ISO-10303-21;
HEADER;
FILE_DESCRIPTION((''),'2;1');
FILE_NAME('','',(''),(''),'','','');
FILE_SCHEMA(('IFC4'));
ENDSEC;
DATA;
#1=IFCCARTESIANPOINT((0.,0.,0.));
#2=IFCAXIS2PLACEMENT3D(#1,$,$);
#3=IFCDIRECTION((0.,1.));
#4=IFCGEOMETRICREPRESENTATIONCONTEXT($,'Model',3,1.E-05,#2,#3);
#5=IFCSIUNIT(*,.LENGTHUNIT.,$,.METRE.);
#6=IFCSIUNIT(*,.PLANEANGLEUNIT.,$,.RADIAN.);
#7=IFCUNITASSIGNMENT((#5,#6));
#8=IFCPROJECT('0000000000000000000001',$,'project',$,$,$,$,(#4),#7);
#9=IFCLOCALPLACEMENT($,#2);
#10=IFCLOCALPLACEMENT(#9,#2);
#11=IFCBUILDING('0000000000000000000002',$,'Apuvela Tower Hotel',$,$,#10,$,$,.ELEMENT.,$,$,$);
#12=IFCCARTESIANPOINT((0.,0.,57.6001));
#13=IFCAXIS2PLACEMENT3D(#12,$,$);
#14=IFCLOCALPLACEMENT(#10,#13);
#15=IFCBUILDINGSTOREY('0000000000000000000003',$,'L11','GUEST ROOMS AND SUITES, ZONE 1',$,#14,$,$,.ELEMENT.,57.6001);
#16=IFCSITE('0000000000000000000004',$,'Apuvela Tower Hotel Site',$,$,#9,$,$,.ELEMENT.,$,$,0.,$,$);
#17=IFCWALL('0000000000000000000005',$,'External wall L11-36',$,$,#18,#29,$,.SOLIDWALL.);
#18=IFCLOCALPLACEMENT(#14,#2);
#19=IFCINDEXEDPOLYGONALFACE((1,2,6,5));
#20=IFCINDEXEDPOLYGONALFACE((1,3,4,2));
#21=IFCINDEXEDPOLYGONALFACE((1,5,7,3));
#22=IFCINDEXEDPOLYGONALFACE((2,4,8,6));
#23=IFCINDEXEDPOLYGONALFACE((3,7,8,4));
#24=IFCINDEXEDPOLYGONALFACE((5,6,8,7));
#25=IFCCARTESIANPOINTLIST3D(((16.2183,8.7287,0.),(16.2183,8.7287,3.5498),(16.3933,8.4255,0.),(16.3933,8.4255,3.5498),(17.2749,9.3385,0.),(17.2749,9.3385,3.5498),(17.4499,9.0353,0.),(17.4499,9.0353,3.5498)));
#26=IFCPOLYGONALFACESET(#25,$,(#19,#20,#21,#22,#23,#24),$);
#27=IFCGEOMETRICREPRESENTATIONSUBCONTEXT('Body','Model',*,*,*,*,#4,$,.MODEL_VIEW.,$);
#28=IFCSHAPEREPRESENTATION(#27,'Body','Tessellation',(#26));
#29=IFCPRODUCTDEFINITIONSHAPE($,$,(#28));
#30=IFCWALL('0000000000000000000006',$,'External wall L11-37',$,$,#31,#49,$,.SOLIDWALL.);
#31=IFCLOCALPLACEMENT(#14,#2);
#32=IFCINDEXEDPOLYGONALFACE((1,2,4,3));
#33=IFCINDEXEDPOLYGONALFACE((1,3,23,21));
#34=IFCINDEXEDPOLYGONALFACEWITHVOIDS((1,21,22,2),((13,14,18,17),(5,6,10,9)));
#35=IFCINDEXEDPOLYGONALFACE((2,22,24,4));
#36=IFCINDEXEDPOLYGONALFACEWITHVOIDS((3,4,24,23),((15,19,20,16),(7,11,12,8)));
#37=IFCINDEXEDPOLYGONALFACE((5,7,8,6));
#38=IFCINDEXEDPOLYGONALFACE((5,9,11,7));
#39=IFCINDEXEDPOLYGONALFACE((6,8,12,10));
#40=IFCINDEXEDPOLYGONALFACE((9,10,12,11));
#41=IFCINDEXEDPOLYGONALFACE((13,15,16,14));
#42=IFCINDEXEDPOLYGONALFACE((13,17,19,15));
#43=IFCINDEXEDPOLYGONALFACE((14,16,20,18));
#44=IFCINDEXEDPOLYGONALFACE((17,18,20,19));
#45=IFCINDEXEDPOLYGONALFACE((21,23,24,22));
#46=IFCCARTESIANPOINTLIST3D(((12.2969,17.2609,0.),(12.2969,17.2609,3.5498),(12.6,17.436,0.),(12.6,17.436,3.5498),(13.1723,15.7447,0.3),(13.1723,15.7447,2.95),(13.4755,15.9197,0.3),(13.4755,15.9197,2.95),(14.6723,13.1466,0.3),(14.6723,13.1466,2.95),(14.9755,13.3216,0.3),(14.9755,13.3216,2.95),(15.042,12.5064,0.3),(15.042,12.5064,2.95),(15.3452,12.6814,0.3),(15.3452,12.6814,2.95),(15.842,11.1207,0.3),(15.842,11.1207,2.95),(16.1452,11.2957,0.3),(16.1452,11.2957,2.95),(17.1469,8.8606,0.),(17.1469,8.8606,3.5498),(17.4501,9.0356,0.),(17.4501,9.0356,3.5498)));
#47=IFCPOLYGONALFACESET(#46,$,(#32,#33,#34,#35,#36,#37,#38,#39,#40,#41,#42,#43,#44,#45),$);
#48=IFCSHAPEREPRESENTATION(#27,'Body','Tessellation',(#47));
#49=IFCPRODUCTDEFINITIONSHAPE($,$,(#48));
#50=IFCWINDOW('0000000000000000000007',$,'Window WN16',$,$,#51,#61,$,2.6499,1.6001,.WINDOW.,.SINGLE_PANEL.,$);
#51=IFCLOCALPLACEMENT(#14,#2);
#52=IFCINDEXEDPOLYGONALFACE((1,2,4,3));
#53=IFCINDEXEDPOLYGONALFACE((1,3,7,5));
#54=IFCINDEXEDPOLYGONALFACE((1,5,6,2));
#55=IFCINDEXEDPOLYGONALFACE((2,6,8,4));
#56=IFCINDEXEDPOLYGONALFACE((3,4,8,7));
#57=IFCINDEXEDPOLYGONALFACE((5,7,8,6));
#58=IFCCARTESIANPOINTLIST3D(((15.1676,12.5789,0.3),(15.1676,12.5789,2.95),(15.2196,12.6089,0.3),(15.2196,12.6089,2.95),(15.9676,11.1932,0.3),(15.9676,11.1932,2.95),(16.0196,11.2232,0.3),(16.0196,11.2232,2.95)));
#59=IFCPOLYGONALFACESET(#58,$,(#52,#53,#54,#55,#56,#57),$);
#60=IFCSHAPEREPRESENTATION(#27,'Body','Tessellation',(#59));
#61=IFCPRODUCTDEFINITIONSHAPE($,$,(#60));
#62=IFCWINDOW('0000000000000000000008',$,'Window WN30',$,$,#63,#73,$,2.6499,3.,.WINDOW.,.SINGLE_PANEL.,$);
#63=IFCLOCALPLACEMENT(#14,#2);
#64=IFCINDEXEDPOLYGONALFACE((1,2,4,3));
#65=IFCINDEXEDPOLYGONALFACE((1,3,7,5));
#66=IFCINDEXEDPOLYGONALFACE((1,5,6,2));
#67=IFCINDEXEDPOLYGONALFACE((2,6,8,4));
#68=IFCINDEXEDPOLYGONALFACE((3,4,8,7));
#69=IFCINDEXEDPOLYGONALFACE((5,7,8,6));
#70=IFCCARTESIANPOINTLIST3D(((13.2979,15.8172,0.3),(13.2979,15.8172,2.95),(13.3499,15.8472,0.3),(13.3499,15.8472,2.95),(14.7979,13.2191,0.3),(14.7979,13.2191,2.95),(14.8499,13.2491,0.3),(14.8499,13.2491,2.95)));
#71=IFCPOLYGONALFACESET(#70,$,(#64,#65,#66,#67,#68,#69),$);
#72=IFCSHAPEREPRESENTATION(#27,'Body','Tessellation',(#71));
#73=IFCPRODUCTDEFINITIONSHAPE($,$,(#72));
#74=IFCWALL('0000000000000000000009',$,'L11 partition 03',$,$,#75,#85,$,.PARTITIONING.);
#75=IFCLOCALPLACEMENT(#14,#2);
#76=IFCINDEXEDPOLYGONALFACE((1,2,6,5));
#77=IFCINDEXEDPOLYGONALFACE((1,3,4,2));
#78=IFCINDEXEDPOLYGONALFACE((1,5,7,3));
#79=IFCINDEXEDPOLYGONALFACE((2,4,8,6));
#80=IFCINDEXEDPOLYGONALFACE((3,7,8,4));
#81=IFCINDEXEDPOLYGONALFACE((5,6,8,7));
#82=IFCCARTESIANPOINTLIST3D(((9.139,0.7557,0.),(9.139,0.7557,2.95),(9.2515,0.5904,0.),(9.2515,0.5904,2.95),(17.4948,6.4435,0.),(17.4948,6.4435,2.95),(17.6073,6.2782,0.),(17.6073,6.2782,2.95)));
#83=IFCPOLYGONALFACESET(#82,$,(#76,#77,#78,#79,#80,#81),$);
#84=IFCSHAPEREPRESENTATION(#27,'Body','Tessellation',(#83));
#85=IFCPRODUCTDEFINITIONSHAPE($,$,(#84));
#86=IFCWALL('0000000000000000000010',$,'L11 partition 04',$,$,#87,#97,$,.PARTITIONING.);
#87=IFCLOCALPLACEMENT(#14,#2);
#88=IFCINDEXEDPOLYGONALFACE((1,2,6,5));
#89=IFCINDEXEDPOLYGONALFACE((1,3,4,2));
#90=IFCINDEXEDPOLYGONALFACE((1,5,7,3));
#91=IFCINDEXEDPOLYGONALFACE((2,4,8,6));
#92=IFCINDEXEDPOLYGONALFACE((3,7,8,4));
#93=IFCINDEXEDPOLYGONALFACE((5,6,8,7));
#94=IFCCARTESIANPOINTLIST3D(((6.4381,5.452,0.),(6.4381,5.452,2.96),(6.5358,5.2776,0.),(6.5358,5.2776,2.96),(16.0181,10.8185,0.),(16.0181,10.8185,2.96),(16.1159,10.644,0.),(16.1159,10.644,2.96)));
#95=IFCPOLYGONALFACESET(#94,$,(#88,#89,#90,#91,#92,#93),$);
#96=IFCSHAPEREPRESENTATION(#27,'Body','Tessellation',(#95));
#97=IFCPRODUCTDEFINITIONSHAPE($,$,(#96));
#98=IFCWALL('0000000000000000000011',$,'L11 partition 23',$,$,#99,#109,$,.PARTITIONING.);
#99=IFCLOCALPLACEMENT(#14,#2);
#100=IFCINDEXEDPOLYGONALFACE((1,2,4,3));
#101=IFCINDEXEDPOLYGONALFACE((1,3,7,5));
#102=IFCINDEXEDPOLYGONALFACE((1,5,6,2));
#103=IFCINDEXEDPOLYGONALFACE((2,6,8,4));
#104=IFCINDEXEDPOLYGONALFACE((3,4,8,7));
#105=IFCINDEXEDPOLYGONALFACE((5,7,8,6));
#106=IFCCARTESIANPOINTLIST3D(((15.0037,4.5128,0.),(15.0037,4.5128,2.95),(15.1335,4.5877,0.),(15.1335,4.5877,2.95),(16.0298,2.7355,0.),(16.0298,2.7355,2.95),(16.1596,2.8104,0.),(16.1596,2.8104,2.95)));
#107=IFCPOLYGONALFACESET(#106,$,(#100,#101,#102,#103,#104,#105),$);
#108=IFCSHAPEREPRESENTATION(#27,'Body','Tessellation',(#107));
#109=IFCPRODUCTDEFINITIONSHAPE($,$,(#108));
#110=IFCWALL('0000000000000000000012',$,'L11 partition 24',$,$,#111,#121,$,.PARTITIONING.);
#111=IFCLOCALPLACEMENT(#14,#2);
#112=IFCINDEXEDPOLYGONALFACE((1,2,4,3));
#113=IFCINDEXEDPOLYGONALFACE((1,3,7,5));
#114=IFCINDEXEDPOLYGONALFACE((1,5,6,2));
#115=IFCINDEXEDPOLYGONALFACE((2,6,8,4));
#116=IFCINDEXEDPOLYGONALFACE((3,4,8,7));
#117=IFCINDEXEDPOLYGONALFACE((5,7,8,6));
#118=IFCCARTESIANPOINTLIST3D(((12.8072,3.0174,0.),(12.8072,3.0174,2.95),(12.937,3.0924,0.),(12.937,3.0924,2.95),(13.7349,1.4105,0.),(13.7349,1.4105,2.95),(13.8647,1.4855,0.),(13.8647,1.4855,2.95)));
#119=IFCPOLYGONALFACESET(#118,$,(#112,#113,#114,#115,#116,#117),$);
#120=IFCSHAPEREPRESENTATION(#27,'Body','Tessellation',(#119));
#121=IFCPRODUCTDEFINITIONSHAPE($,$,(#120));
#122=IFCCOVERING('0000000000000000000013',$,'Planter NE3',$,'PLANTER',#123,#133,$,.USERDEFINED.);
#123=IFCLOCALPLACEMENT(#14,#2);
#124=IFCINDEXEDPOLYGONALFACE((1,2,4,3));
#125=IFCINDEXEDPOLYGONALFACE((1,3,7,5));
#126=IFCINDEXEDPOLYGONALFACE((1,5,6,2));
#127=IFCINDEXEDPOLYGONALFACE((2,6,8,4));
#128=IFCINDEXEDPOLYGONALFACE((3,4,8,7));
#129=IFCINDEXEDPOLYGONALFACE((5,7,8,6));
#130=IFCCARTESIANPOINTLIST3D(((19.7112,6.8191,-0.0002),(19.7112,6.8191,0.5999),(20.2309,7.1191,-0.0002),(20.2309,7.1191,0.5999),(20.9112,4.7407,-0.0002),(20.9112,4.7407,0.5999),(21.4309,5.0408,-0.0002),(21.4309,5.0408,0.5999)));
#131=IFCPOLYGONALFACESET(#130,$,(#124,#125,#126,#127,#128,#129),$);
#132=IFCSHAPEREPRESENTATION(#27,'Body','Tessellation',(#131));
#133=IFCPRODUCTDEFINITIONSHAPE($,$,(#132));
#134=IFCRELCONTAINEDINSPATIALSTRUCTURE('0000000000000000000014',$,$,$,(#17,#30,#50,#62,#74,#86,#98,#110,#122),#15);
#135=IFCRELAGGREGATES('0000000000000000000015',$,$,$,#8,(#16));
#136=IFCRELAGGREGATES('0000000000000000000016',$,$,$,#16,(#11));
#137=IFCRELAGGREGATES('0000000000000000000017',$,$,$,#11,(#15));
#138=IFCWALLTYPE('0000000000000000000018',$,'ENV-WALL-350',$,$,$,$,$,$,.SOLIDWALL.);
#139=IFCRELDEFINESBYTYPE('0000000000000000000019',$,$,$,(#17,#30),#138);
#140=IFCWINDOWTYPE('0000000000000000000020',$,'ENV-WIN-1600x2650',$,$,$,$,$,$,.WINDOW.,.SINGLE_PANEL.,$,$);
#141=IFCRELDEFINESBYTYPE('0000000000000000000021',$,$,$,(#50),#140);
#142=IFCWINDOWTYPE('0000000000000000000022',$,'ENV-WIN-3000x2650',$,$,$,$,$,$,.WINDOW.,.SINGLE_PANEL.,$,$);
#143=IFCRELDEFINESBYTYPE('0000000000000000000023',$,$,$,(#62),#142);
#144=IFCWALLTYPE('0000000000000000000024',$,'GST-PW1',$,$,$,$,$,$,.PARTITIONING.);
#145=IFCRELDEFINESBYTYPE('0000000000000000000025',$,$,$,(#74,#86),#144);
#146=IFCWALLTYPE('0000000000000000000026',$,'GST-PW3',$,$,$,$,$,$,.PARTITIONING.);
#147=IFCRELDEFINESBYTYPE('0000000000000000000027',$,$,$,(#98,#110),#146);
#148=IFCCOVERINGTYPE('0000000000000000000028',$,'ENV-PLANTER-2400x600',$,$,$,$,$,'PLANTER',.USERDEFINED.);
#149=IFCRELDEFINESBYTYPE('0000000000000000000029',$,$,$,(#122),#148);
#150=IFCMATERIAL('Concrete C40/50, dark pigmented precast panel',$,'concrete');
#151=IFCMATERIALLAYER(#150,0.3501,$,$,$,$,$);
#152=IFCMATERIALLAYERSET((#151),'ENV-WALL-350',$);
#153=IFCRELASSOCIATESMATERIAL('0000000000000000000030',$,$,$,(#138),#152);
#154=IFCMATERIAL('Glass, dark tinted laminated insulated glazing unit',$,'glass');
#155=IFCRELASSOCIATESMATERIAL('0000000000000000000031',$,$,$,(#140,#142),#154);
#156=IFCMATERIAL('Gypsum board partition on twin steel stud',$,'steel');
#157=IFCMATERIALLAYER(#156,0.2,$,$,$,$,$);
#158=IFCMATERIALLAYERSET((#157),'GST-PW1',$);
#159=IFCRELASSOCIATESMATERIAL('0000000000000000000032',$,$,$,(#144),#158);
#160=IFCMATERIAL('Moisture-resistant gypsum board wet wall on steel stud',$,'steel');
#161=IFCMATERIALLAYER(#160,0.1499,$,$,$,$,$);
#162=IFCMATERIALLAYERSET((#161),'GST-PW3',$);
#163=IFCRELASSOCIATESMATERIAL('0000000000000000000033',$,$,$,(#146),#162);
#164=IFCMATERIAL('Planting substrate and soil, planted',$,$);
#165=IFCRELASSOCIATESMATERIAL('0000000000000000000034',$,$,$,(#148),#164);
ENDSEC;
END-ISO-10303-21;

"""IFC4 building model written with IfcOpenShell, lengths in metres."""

from ifc_helpers import new_model, si_unit, direction, frame, frame_2d, origin, origin_2d, place, context, subcontext, project, spatial, rectangle, extrude, material, layer, layer_set, type_object, element, fill, save


model = new_model("IFC4")

# Units and contexts
model_context = context("Model", 3, precision=1e-05, world=origin(), true_north=direction((0.0, 1.0)))
body_context = subcontext(model_context, "Body", "Model", "MODEL_VIEW")
ifc_project = project(units=[si_unit("LENGTHUNIT", "METRE"), si_unit("PLANEANGLEUNIT", "RADIAN")], contexts=[model_context])

# Site, building, storey
site_placement = place(None, origin())
site = spatial("IfcSite", under=ifc_project, at=site_placement, Name="Apuvela Tower Hotel Site", CompositionType="ELEMENT", RefElevation=0.0)
building_placement = place(site_placement, origin())
building = spatial("IfcBuilding", under=site, at=building_placement, Name="Apuvela Tower Hotel", CompositionType="ELEMENT")
storey_placement = place(building_placement, frame((0.0, 0.0, 57.6001)))
storey = spatial("IfcBuildingStorey", under=building, at=storey_placement, Name="L11", Description="GUEST ROOMS AND SUITES, ZONE 1", CompositionType="ELEMENT", Elevation=57.6001)

# Shared definitions
ifc_material_1 = material(Name="Concrete C40/50, dark pigmented precast panel", Category="concrete")
ifc_layer_1 = layer(ifc_material_1, 0.3501)
ifc_layer_set_1 = layer_set([ifc_layer_1], Name="ENV-WALL-350")
wall_type_1 = type_object("IfcWallType", Name="ENV-WALL-350", PredefinedType="SOLIDWALL", material=ifc_layer_set_1)

# Shared definitions
ifc_material_2 = material(Name="Glass, dark tinted laminated insulated glazing unit", Category="glass")

# Wall
wall_1_placement = place(storey_placement, frame((16.3059, 8.5771, 0.0), z_axis=(0.0, 0.0, 1.0), x_axis=(0.866092, 0.499884, 0.0)))
element("IfcWall", 1, at=wall_1_placement, inside=storey, type_object=wall_type_1, Name="External wall L11-36", PredefinedType="SOLIDWALL", context=body_context, shape_type="SweptSolid", body=[
    extrude(rectangle(XDim=1.22, YDim=0.3501, at=frame_2d((0.6099, 0.0))), origin(), (0.0, 0.0, 1.0), 3.5498),
])

# Wall, openings, windows
wall_2_placement = place(storey_placement, frame((17.2986, 8.948, 0.0), z_axis=(0.0, 0.0, 1.0), x_axis=(-0.50001, 0.86602, 0.0)))
wall_2 = element("IfcWall", 2, at=wall_2_placement, inside=storey, type_object=wall_type_1, Name="External wall L11-37", PredefinedType="SOLIDWALL", context=body_context, shape_type="SweptSolid", body=[
    extrude(rectangle(XDim=9.7, YDim=0.3501, at=frame_2d((4.8501, 0.0))), origin(), (0.0, 0.0, 1.0), 3.5498),
])
opening_1_placement = place(wall_2_placement, frame((2.6099, 0.0, 0.3)))
opening_1 = element("IfcOpeningElement", 3, at=opening_1_placement, cuts=wall_2, PredefinedType="OPENING", context=body_context, shape_type="SweptSolid", body=[
    extrude(rectangle(XDim=1.6001, YDim=2.6499, at=frame_2d((0.8, 1.325))), frame((0.0, 0.1851, 0.0), z_axis=(0.0, -1.0, 0.0), x_axis=(1.0, 0.0, 0.0)), (0.0, 0.0, 1.0), 0.3701),
])
opening_2_placement = place(wall_2_placement, frame((4.9492, 0.0, 0.3)))
opening_2 = element("IfcOpeningElement", 4, at=opening_2_placement, cuts=wall_2, PredefinedType="OPENING", context=body_context, shape_type="SweptSolid", body=[
    extrude(rectangle(XDim=3.0, YDim=2.6499, at=frame_2d((1.5, 1.325))), frame((0.0, 0.1851, 0.0), z_axis=(0.0, -1.0, 0.0), x_axis=(1.0, 0.0, 0.0)), (0.0, 0.0, 1.0), 0.3701),
])
window_type_1 = type_object("IfcWindowType", Name="ENV-WIN-1600x2650", PartitioningType="SINGLE_PANEL", PredefinedType="WINDOW", material=ifc_material_2)
window_1_placement = place(opening_1_placement, origin())
window_1 = element("IfcWindow", 5, at=window_1_placement, inside=storey, type_object=window_type_1, Name="Window WN16", OverallHeight=2.6499, OverallWidth=1.6001, PartitioningType="SINGLE_PANEL", PredefinedType="WINDOW", context=body_context, shape_type="SweptSolid", body=[
    extrude(rectangle(XDim=1.6001, YDim=2.6499, at=frame_2d((0.8, 1.325))), frame((0.0, 0.03, 0.0), z_axis=(0.0, -1.0, 0.0), x_axis=(1.0, 0.0, 0.0)), (0.0, 0.0, 1.0), 0.0601),
])
fill(opening_1, window_1)
window_type_2 = type_object("IfcWindowType", Name="ENV-WIN-3000x2650", PartitioningType="SINGLE_PANEL", PredefinedType="WINDOW", material=ifc_material_2)
window_2_placement = place(opening_2_placement, origin())
window_2 = element("IfcWindow", 6, at=window_2_placement, inside=storey, type_object=window_type_2, Name="Window WN30", OverallHeight=2.6499, OverallWidth=3.0, PartitioningType="SINGLE_PANEL", PredefinedType="WINDOW", context=body_context, shape_type="SweptSolid", body=[
    extrude(rectangle(XDim=3.0, YDim=2.6499, at=frame_2d((1.5, 1.325))), frame((0.0, 0.03, 0.0), z_axis=(0.0, -1.0, 0.0), x_axis=(1.0, 0.0, 0.0)), (0.0, 0.0, 1.0), 0.0601),
])
fill(opening_2, window_2)

# Walls
ifc_material_3 = material(Name="Gypsum board partition on twin steel stud", Category="steel")
ifc_layer_2 = layer(ifc_material_3, 0.2)
ifc_layer_set_2 = layer_set([ifc_layer_2], Name="GST-PW1")
wall_type_2 = type_object("IfcWallType", Name="GST-PW1", PredefinedType="PARTITIONING", material=ifc_layer_set_2)
wall_3_placement = place(storey_placement, frame((17.551, 6.3608, 0.0), z_axis=(0.0, 0.0, 1.0), x_axis=(-0.826657, -0.562706, 0.0)))
element("IfcWall", 7, at=wall_3_placement, inside=storey, type_object=wall_type_2, Name="L11 partition 03", PredefinedType="PARTITIONING", context=body_context, shape_type="SweptSolid", body=[
    extrude(rectangle(XDim=10.1079, YDim=0.2, at=frame_2d((5.054, 0.0))), origin(), (0.0, 0.0, 1.0), 2.95),
])
wall_4_placement = place(storey_placement, frame((16.0669, 10.7312, 0.0), z_axis=(0.0, 0.0, 1.0), x_axis=(-0.872443, -0.488715, 0.0)))
element("IfcWall", 8, at=wall_4_placement, inside=storey, type_object=wall_type_2, Name="L11 partition 04", PredefinedType="PARTITIONING", context=body_context, shape_type="SweptSolid", body=[
    extrude(rectangle(XDim=10.9807, YDim=0.2, at=frame_2d((5.4902, 0.0))), origin(), (0.0, 0.0, 1.0), 2.96),
])
ifc_material_4 = material(Name="Moisture-resistant gypsum board wet wall on steel stud", Category="steel")
ifc_layer_3 = layer(ifc_material_4, 0.1499)
ifc_layer_set_3 = layer_set([ifc_layer_3], Name="GST-PW3")
wall_type_3 = type_object("IfcWallType", Name="GST-PW3", PredefinedType="PARTITIONING", material=ifc_layer_set_3)
wall_5_placement = place(storey_placement, frame((16.0947, 2.7729, 0.0), z_axis=(0.0, 0.0, 1.0), x_axis=(-0.49999, 0.866031, 0.0)))
element("IfcWall", 9, at=wall_5_placement, inside=storey, type_object=wall_type_3, Name="L11 partition 23", PredefinedType="PARTITIONING", context=body_context, shape_type="SweptSolid", body=[
    extrude(rectangle(XDim=2.0522, YDim=0.1499, at=frame_2d((1.0261, 0.0))), origin(), (0.0, 0.0, 1.0), 2.95),
])
wall_6_placement = place(storey_placement, frame((13.7998, 1.448, 0.0), z_axis=(0.0, 0.0, 1.0), x_axis=(-0.499988, 0.866032, 0.0)))
element("IfcWall", 10, at=wall_6_placement, inside=storey, type_object=wall_type_3, Name="L11 partition 24", PredefinedType="PARTITIONING", context=body_context, shape_type="SweptSolid", body=[
    extrude(rectangle(XDim=1.8555, YDim=0.1499, at=frame_2d((0.9277, 0.0))), origin(), (0.0, 0.0, 1.0), 2.95),
])

# Covering
ifc_material_5 = material(Name="Planting substrate and soil, planted")
covering_type = type_object("IfcCoveringType", Name="ENV-PLANTER-2400x600", ElementType="PLANTER", PredefinedType="USERDEFINED", material=ifc_material_5)
covering_placement = place(storey_placement, frame((20.571, 5.9299, -0.0002), z_axis=(0.0, 0.0, 1.0), x_axis=(-0.5, 0.866025, 0.0)))
element("IfcCovering", 11, at=covering_placement, inside=storey, type_object=covering_type, Name="Planter NE3", ObjectType="PLANTER", PredefinedType="USERDEFINED", context=body_context, shape_type="SweptSolid", body=[
    extrude(rectangle(XDim=2.3999, YDim=0.6001, at=origin_2d()), origin(), (0.0, 0.0, 1.0), 0.6001),
])

save(model, "model.ifc")
